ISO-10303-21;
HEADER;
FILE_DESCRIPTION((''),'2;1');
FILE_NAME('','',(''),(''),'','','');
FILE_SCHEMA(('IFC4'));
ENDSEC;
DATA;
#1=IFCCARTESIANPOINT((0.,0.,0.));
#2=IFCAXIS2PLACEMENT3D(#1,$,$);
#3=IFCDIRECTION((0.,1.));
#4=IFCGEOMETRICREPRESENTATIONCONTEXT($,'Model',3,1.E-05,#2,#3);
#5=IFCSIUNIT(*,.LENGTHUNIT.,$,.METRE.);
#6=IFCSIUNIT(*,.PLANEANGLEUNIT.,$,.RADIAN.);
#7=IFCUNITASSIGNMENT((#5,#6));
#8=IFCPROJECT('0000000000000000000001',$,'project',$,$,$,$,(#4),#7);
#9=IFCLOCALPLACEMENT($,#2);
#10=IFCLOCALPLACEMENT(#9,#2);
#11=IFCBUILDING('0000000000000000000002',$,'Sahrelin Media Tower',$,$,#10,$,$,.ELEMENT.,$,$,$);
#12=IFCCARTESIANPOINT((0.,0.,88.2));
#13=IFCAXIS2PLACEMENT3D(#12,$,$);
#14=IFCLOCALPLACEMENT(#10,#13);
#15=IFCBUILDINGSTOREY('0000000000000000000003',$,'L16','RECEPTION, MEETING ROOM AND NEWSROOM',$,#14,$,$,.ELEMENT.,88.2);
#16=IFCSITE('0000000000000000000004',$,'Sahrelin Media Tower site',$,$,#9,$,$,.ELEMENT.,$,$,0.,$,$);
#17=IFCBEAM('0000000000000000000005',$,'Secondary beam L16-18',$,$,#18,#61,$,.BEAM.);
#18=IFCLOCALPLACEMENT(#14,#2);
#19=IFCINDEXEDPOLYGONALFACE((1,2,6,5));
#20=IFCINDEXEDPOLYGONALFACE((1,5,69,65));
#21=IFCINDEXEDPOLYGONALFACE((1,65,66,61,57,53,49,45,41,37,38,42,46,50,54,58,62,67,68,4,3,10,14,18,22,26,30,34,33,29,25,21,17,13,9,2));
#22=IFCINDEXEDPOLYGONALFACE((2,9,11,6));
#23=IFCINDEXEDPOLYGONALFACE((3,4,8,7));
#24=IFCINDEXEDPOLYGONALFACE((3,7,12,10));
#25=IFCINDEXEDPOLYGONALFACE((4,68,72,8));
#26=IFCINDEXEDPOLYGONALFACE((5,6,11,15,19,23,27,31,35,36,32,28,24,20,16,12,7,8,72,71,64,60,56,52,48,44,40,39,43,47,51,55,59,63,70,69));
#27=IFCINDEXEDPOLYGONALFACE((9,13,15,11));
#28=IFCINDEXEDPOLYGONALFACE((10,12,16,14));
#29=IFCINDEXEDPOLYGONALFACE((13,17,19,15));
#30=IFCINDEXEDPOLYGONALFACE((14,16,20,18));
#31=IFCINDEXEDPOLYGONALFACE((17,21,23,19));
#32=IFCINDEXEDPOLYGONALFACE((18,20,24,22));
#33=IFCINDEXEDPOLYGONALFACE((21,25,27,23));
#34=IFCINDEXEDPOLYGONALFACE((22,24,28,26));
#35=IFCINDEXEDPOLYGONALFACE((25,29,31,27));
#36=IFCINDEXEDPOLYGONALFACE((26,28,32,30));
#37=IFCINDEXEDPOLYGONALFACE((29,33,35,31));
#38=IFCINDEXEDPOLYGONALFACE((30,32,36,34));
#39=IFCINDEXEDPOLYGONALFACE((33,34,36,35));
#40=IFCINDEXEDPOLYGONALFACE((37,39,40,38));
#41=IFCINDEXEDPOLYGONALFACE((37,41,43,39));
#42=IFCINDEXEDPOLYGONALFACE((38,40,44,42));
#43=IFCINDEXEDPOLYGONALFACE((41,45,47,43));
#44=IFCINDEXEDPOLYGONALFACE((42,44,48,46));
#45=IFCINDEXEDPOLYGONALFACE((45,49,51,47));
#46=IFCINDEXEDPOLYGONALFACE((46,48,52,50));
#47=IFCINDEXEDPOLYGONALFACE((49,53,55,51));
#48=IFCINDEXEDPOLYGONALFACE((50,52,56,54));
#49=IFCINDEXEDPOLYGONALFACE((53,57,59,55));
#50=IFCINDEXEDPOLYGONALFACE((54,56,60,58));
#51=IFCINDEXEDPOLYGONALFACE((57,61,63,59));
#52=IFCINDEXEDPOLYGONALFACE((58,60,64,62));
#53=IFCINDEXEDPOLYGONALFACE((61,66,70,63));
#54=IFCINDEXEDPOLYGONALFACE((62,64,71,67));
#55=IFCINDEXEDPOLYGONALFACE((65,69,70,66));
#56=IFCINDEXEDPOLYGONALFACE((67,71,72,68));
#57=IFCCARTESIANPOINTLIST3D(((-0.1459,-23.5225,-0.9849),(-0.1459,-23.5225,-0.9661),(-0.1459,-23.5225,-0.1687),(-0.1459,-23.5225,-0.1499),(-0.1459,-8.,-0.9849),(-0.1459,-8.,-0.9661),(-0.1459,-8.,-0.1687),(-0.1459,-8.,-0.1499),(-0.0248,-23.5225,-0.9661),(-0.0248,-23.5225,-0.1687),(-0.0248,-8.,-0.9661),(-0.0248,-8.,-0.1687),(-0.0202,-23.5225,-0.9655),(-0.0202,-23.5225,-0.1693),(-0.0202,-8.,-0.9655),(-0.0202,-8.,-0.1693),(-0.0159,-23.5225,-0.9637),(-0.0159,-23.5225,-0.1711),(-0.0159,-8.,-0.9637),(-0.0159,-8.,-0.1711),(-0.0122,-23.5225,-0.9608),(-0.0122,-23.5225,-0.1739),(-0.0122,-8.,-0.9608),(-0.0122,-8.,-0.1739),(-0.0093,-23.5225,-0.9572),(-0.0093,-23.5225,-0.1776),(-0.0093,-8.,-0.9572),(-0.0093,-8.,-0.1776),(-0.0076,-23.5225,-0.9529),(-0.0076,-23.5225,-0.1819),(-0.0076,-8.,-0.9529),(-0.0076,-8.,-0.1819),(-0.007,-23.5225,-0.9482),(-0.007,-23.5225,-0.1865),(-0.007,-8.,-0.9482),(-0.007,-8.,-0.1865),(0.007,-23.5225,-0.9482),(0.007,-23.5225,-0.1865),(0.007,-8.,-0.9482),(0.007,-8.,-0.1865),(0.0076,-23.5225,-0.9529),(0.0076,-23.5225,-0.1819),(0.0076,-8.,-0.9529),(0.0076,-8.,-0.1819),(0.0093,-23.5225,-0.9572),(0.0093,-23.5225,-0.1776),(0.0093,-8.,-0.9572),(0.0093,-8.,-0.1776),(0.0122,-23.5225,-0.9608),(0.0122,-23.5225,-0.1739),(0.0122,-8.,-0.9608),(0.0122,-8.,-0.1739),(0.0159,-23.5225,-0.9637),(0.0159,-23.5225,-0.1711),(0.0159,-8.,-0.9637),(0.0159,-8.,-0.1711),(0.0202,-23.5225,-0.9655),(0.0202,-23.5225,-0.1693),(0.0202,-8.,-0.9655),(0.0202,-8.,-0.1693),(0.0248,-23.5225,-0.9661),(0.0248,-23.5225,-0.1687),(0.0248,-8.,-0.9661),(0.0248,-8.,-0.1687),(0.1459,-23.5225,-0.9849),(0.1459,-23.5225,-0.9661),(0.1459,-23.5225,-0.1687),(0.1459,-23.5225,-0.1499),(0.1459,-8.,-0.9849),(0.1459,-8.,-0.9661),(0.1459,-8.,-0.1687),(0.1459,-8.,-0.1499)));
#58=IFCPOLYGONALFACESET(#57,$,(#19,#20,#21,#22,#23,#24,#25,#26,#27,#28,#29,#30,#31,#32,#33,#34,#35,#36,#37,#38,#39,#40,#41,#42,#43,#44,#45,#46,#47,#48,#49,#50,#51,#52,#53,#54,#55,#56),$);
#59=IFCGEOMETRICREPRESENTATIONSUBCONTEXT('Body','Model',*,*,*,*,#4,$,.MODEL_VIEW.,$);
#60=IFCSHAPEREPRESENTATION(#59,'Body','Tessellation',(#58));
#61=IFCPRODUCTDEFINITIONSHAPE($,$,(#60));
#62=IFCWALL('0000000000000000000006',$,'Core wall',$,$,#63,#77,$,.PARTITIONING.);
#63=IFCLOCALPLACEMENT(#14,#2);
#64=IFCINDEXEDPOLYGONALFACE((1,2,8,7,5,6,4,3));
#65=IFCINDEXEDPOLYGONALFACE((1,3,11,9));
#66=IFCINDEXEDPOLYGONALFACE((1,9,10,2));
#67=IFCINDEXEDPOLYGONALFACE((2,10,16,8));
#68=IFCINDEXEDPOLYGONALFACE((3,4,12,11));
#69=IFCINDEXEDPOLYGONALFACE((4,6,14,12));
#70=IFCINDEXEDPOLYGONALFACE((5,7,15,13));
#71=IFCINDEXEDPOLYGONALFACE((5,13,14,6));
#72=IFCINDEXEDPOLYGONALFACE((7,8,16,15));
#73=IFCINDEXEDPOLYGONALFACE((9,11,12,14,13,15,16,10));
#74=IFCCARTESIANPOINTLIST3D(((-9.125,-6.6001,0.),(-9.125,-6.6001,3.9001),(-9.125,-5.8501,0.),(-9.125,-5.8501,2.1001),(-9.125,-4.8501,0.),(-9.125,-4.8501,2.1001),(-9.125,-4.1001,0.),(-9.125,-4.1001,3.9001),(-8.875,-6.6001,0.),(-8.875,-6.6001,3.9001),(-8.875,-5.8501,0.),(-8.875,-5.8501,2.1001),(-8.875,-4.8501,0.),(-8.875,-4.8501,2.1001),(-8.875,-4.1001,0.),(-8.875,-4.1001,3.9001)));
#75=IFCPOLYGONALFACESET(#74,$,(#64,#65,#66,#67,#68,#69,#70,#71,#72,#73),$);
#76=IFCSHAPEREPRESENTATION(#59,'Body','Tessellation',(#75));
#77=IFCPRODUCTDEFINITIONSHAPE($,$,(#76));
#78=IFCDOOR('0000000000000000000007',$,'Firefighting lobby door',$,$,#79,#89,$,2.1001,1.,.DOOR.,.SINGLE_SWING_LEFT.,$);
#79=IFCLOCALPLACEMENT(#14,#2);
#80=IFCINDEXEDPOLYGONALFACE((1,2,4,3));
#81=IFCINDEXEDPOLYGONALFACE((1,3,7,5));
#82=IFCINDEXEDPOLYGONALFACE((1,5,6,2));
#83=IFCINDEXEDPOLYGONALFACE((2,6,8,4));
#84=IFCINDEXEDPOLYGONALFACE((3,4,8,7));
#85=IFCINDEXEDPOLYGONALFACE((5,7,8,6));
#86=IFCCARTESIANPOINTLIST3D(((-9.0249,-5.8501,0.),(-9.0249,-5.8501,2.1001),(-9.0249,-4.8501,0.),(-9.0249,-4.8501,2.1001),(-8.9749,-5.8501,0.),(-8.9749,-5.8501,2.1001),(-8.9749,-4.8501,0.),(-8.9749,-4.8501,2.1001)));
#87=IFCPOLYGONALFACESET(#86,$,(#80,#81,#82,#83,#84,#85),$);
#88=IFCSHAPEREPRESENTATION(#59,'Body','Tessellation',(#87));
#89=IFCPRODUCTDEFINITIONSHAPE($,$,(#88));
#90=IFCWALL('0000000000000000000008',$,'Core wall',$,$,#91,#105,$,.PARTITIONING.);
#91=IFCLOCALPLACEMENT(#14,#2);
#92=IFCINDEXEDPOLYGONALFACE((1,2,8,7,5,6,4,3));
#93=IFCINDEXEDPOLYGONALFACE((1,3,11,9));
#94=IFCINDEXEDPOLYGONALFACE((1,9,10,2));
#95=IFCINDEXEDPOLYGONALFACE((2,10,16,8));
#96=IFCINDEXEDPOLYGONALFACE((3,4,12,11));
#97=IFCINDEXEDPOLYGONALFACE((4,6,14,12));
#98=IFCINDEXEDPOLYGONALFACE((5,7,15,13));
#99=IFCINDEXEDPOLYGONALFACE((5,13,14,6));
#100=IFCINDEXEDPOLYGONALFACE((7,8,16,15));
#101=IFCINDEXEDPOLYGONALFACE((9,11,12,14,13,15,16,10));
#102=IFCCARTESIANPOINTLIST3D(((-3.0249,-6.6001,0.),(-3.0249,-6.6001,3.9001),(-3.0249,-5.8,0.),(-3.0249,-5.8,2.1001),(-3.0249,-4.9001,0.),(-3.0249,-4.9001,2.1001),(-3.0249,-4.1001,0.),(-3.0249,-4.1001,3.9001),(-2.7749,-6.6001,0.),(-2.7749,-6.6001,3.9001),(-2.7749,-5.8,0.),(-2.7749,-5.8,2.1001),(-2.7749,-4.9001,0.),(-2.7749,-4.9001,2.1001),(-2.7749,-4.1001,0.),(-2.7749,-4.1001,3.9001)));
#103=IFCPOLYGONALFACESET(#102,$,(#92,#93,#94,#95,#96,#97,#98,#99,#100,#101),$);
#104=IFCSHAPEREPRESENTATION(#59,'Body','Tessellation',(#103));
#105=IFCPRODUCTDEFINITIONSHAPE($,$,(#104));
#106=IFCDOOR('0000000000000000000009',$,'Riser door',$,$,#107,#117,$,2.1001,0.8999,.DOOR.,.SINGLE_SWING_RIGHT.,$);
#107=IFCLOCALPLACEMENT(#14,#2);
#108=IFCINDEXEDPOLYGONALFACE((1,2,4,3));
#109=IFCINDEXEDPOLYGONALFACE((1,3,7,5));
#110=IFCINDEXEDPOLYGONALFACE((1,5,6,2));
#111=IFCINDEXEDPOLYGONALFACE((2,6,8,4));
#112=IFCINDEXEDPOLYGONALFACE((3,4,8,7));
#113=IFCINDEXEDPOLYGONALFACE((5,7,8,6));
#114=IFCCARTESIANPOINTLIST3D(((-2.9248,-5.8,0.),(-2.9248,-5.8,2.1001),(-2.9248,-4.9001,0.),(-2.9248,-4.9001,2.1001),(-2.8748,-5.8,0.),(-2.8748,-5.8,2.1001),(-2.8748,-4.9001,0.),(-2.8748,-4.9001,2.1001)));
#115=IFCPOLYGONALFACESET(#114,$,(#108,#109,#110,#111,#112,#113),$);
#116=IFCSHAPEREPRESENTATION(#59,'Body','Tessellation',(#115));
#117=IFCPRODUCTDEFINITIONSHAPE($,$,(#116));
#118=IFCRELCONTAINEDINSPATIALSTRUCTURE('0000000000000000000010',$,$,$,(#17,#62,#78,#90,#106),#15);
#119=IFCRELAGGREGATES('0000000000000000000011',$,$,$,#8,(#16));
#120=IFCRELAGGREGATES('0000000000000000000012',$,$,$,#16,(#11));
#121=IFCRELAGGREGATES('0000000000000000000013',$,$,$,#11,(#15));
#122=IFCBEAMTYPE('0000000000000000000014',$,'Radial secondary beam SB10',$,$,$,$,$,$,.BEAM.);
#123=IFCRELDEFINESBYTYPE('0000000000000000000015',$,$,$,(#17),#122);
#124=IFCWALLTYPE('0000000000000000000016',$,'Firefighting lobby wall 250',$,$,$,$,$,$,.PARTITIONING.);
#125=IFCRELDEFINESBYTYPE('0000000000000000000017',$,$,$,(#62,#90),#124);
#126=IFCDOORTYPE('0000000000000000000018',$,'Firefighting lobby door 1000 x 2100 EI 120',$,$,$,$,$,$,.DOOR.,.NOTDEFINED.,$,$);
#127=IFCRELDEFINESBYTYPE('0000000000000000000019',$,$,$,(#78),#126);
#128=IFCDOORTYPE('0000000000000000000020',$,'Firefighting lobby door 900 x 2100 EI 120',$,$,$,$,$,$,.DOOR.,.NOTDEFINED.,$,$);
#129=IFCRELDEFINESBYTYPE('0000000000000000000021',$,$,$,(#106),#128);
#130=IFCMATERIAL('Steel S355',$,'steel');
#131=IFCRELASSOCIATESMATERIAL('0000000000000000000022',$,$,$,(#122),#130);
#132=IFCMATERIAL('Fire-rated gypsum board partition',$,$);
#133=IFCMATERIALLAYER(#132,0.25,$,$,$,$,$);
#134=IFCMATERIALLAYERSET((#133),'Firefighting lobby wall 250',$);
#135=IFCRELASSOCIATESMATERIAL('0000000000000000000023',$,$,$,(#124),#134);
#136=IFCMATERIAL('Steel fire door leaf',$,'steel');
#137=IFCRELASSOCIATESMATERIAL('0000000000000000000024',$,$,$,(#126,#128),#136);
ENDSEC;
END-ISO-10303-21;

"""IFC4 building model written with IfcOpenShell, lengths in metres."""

from ifc_helpers import new_model, si_unit, direction, frame, frame_2d, origin, origin_2d, place, context, subcontext, project, spatial, rectangle, i_section, extrude, material, layer, layer_set, material_profile, profile_set, type_object, element, fill, save


model = new_model("IFC4")

# Units and contexts
model_context = context("Model", 3, precision=1e-05, world=origin(), true_north=direction((0.0, 1.0)))
body_context = subcontext(model_context, "Body", "Model", "MODEL_VIEW")
ifc_project = project(units=[si_unit("LENGTHUNIT", "METRE"), si_unit("PLANEANGLEUNIT", "RADIAN")], contexts=[model_context])

# Site, building, storey
site_placement = place(None, origin())
site = spatial("IfcSite", under=ifc_project, at=site_placement, Name="Sahrelin Media Tower site", CompositionType="ELEMENT", RefElevation=0.0)
building_placement = place(site_placement, origin())
building = spatial("IfcBuilding", under=site, at=building_placement, Name="Sahrelin Media Tower", CompositionType="ELEMENT")
storey_placement = place(building_placement, frame((0.0, 0.0, 88.2)))
storey = spatial("IfcBuildingStorey", under=building, at=storey_placement, Name="L16", Description="RECEPTION, MEETING ROOM AND NEWSROOM", CompositionType="ELEMENT", Elevation=88.2)

# Beam
ifc_material_1 = material(Name="Steel S355", Category="steel")
ifc_material_profile_1 = material_profile(ifc_material_1, i_section(OverallWidth=0.2917, OverallDepth=0.835, WebThickness=0.0139, FlangeThickness=0.0188, FilletRadius=0.0178, at=origin_2d()), Name="UB 838x292x176")
ifc_profile_set_1 = profile_set([ifc_material_profile_1], Name="Steel S355")
beam_type_1 = type_object("IfcBeamType", Name="Radial secondary beam SB10", PredefinedType="BEAM", material=ifc_profile_set_1)
beam_1_placement = place(storey_placement, frame((0.0, -8.0, -0.5674), z_axis=(0.0, -1.0, 0.0), x_axis=(1.0, 0.0, 0.0)))
element("IfcBeam", 1, at=beam_1_placement, inside=storey, type_object=beam_type_1, Name="Secondary beam L16-18", PredefinedType="BEAM", context=body_context, shape_type="SweptSolid", body=[
    extrude(i_section(OverallWidth=0.2917, OverallDepth=0.835, WebThickness=0.0139, FlangeThickness=0.0188, FilletRadius=0.0178, at=origin_2d()), origin(), (0.0, 0.0, 1.0), 15.5225),
])

# Walls, openings, doors
ifc_material_2 = material(Name="Fire-rated gypsum board partition")
ifc_layer_1 = layer(ifc_material_2, 0.25)
ifc_layer_set_1 = layer_set([ifc_layer_1], Name="Firefighting lobby wall 250")
wall_type_1 = type_object("IfcWallType", Name="Firefighting lobby wall 250", PredefinedType="PARTITIONING", material=ifc_layer_set_1)
wall_1_placement = place(storey_placement, frame((-9.0, -6.6001, 0.0), z_axis=(0.0, 0.0, 1.0), x_axis=(0.0, 1.0, 0.0)))
wall_1 = element("IfcWall", 2, at=wall_1_placement, inside=storey, type_object=wall_type_1, Name="Core wall", PredefinedType="PARTITIONING", context=body_context, shape_type="SweptSolid", body=[
    extrude(rectangle(XDim=2.5, YDim=0.25, at=frame_2d((1.25, 0.0))), origin(), (0.0, 0.0, 1.0), 3.9001),
])
opening_1_placement = place(wall_1_placement, frame((0.75, 0.0, 0.0)))
opening_1 = element("IfcOpeningElement", 3, at=opening_1_placement, cuts=wall_1, PredefinedType="OPENING", context=body_context, shape_type="SweptSolid", body=[
    extrude(rectangle(XDim=1.0, YDim=2.1001, at=frame_2d((0.5, 1.05))), frame((0.0, 0.125, 0.0), z_axis=(0.0, -1.0, 0.0), x_axis=(1.0, 0.0, 0.0)), (0.0, 0.0, 1.0), 0.25),
])
ifc_material_3 = material(Name="Steel fire door leaf", Category="steel")
door_type_1 = type_object("IfcDoorType", Name="Firefighting lobby door 1000 x 2100 EI 120", OperationType="NOTDEFINED", PredefinedType="DOOR", material=ifc_material_3)
door_1_placement = place(opening_1_placement, origin())
door_1 = element("IfcDoor", 4, at=door_1_placement, inside=storey, type_object=door_type_1, Name="Firefighting lobby door", OperationType="SINGLE_SWING_LEFT", OverallHeight=2.1001, OverallWidth=1.0, PredefinedType="DOOR", context=body_context, shape_type="SweptSolid", body=[
    extrude(rectangle(XDim=1.0, YDim=2.1001, at=frame_2d((0.5, 1.05))), frame((0.0, 0.0249, 0.0), z_axis=(0.0, -1.0, 0.0), x_axis=(1.0, 0.0, 0.0)), (0.0, 0.0, 1.0), 0.05),
])
fill(opening_1, door_1)
wall_2_placement = place(storey_placement, frame((-2.8999, -6.6001, 0.0), z_axis=(0.0, 0.0, 1.0), x_axis=(0.0, 1.0, 0.0)))
wall_2 = element("IfcWall", 5, at=wall_2_placement, inside=storey, type_object=wall_type_1, Name="Core wall", PredefinedType="PARTITIONING", context=body_context, shape_type="SweptSolid", body=[
    extrude(rectangle(XDim=2.5, YDim=0.25, at=frame_2d((1.25, 0.0))), origin(), (0.0, 0.0, 1.0), 3.9001),
])
opening_2_placement = place(wall_2_placement, frame((0.8, 0.0, 0.0)))
opening_2 = element("IfcOpeningElement", 6, at=opening_2_placement, cuts=wall_2, PredefinedType="OPENING", context=body_context, shape_type="SweptSolid", body=[
    extrude(rectangle(XDim=0.8999, YDim=2.1001, at=frame_2d((0.45, 1.05))), frame((0.0, 0.125, 0.0), z_axis=(0.0, -1.0, 0.0), x_axis=(1.0, 0.0, 0.0)), (0.0, 0.0, 1.0), 0.25),
])
door_type_2 = type_object("IfcDoorType", Name="Firefighting lobby door 900 x 2100 EI 120", OperationType="NOTDEFINED", PredefinedType="DOOR", material=ifc_material_3)
door_2_placement = place(opening_2_placement, origin())
door_2 = element("IfcDoor", 7, at=door_2_placement, inside=storey, type_object=door_type_2, Name="Riser door", OperationType="SINGLE_SWING_RIGHT", OverallHeight=2.1001, OverallWidth=0.8999, PredefinedType="DOOR", context=body_context, shape_type="SweptSolid", body=[
    extrude(rectangle(XDim=0.8999, YDim=2.1001, at=frame_2d((0.45, 1.05))), frame((0.0, 0.0249, 0.0), z_axis=(0.0, -1.0, 0.0), x_axis=(1.0, 0.0, 0.0)), (0.0, 0.0, 1.0), 0.05),
])
fill(opening_2, door_2)

save(model, "model.ifc")
